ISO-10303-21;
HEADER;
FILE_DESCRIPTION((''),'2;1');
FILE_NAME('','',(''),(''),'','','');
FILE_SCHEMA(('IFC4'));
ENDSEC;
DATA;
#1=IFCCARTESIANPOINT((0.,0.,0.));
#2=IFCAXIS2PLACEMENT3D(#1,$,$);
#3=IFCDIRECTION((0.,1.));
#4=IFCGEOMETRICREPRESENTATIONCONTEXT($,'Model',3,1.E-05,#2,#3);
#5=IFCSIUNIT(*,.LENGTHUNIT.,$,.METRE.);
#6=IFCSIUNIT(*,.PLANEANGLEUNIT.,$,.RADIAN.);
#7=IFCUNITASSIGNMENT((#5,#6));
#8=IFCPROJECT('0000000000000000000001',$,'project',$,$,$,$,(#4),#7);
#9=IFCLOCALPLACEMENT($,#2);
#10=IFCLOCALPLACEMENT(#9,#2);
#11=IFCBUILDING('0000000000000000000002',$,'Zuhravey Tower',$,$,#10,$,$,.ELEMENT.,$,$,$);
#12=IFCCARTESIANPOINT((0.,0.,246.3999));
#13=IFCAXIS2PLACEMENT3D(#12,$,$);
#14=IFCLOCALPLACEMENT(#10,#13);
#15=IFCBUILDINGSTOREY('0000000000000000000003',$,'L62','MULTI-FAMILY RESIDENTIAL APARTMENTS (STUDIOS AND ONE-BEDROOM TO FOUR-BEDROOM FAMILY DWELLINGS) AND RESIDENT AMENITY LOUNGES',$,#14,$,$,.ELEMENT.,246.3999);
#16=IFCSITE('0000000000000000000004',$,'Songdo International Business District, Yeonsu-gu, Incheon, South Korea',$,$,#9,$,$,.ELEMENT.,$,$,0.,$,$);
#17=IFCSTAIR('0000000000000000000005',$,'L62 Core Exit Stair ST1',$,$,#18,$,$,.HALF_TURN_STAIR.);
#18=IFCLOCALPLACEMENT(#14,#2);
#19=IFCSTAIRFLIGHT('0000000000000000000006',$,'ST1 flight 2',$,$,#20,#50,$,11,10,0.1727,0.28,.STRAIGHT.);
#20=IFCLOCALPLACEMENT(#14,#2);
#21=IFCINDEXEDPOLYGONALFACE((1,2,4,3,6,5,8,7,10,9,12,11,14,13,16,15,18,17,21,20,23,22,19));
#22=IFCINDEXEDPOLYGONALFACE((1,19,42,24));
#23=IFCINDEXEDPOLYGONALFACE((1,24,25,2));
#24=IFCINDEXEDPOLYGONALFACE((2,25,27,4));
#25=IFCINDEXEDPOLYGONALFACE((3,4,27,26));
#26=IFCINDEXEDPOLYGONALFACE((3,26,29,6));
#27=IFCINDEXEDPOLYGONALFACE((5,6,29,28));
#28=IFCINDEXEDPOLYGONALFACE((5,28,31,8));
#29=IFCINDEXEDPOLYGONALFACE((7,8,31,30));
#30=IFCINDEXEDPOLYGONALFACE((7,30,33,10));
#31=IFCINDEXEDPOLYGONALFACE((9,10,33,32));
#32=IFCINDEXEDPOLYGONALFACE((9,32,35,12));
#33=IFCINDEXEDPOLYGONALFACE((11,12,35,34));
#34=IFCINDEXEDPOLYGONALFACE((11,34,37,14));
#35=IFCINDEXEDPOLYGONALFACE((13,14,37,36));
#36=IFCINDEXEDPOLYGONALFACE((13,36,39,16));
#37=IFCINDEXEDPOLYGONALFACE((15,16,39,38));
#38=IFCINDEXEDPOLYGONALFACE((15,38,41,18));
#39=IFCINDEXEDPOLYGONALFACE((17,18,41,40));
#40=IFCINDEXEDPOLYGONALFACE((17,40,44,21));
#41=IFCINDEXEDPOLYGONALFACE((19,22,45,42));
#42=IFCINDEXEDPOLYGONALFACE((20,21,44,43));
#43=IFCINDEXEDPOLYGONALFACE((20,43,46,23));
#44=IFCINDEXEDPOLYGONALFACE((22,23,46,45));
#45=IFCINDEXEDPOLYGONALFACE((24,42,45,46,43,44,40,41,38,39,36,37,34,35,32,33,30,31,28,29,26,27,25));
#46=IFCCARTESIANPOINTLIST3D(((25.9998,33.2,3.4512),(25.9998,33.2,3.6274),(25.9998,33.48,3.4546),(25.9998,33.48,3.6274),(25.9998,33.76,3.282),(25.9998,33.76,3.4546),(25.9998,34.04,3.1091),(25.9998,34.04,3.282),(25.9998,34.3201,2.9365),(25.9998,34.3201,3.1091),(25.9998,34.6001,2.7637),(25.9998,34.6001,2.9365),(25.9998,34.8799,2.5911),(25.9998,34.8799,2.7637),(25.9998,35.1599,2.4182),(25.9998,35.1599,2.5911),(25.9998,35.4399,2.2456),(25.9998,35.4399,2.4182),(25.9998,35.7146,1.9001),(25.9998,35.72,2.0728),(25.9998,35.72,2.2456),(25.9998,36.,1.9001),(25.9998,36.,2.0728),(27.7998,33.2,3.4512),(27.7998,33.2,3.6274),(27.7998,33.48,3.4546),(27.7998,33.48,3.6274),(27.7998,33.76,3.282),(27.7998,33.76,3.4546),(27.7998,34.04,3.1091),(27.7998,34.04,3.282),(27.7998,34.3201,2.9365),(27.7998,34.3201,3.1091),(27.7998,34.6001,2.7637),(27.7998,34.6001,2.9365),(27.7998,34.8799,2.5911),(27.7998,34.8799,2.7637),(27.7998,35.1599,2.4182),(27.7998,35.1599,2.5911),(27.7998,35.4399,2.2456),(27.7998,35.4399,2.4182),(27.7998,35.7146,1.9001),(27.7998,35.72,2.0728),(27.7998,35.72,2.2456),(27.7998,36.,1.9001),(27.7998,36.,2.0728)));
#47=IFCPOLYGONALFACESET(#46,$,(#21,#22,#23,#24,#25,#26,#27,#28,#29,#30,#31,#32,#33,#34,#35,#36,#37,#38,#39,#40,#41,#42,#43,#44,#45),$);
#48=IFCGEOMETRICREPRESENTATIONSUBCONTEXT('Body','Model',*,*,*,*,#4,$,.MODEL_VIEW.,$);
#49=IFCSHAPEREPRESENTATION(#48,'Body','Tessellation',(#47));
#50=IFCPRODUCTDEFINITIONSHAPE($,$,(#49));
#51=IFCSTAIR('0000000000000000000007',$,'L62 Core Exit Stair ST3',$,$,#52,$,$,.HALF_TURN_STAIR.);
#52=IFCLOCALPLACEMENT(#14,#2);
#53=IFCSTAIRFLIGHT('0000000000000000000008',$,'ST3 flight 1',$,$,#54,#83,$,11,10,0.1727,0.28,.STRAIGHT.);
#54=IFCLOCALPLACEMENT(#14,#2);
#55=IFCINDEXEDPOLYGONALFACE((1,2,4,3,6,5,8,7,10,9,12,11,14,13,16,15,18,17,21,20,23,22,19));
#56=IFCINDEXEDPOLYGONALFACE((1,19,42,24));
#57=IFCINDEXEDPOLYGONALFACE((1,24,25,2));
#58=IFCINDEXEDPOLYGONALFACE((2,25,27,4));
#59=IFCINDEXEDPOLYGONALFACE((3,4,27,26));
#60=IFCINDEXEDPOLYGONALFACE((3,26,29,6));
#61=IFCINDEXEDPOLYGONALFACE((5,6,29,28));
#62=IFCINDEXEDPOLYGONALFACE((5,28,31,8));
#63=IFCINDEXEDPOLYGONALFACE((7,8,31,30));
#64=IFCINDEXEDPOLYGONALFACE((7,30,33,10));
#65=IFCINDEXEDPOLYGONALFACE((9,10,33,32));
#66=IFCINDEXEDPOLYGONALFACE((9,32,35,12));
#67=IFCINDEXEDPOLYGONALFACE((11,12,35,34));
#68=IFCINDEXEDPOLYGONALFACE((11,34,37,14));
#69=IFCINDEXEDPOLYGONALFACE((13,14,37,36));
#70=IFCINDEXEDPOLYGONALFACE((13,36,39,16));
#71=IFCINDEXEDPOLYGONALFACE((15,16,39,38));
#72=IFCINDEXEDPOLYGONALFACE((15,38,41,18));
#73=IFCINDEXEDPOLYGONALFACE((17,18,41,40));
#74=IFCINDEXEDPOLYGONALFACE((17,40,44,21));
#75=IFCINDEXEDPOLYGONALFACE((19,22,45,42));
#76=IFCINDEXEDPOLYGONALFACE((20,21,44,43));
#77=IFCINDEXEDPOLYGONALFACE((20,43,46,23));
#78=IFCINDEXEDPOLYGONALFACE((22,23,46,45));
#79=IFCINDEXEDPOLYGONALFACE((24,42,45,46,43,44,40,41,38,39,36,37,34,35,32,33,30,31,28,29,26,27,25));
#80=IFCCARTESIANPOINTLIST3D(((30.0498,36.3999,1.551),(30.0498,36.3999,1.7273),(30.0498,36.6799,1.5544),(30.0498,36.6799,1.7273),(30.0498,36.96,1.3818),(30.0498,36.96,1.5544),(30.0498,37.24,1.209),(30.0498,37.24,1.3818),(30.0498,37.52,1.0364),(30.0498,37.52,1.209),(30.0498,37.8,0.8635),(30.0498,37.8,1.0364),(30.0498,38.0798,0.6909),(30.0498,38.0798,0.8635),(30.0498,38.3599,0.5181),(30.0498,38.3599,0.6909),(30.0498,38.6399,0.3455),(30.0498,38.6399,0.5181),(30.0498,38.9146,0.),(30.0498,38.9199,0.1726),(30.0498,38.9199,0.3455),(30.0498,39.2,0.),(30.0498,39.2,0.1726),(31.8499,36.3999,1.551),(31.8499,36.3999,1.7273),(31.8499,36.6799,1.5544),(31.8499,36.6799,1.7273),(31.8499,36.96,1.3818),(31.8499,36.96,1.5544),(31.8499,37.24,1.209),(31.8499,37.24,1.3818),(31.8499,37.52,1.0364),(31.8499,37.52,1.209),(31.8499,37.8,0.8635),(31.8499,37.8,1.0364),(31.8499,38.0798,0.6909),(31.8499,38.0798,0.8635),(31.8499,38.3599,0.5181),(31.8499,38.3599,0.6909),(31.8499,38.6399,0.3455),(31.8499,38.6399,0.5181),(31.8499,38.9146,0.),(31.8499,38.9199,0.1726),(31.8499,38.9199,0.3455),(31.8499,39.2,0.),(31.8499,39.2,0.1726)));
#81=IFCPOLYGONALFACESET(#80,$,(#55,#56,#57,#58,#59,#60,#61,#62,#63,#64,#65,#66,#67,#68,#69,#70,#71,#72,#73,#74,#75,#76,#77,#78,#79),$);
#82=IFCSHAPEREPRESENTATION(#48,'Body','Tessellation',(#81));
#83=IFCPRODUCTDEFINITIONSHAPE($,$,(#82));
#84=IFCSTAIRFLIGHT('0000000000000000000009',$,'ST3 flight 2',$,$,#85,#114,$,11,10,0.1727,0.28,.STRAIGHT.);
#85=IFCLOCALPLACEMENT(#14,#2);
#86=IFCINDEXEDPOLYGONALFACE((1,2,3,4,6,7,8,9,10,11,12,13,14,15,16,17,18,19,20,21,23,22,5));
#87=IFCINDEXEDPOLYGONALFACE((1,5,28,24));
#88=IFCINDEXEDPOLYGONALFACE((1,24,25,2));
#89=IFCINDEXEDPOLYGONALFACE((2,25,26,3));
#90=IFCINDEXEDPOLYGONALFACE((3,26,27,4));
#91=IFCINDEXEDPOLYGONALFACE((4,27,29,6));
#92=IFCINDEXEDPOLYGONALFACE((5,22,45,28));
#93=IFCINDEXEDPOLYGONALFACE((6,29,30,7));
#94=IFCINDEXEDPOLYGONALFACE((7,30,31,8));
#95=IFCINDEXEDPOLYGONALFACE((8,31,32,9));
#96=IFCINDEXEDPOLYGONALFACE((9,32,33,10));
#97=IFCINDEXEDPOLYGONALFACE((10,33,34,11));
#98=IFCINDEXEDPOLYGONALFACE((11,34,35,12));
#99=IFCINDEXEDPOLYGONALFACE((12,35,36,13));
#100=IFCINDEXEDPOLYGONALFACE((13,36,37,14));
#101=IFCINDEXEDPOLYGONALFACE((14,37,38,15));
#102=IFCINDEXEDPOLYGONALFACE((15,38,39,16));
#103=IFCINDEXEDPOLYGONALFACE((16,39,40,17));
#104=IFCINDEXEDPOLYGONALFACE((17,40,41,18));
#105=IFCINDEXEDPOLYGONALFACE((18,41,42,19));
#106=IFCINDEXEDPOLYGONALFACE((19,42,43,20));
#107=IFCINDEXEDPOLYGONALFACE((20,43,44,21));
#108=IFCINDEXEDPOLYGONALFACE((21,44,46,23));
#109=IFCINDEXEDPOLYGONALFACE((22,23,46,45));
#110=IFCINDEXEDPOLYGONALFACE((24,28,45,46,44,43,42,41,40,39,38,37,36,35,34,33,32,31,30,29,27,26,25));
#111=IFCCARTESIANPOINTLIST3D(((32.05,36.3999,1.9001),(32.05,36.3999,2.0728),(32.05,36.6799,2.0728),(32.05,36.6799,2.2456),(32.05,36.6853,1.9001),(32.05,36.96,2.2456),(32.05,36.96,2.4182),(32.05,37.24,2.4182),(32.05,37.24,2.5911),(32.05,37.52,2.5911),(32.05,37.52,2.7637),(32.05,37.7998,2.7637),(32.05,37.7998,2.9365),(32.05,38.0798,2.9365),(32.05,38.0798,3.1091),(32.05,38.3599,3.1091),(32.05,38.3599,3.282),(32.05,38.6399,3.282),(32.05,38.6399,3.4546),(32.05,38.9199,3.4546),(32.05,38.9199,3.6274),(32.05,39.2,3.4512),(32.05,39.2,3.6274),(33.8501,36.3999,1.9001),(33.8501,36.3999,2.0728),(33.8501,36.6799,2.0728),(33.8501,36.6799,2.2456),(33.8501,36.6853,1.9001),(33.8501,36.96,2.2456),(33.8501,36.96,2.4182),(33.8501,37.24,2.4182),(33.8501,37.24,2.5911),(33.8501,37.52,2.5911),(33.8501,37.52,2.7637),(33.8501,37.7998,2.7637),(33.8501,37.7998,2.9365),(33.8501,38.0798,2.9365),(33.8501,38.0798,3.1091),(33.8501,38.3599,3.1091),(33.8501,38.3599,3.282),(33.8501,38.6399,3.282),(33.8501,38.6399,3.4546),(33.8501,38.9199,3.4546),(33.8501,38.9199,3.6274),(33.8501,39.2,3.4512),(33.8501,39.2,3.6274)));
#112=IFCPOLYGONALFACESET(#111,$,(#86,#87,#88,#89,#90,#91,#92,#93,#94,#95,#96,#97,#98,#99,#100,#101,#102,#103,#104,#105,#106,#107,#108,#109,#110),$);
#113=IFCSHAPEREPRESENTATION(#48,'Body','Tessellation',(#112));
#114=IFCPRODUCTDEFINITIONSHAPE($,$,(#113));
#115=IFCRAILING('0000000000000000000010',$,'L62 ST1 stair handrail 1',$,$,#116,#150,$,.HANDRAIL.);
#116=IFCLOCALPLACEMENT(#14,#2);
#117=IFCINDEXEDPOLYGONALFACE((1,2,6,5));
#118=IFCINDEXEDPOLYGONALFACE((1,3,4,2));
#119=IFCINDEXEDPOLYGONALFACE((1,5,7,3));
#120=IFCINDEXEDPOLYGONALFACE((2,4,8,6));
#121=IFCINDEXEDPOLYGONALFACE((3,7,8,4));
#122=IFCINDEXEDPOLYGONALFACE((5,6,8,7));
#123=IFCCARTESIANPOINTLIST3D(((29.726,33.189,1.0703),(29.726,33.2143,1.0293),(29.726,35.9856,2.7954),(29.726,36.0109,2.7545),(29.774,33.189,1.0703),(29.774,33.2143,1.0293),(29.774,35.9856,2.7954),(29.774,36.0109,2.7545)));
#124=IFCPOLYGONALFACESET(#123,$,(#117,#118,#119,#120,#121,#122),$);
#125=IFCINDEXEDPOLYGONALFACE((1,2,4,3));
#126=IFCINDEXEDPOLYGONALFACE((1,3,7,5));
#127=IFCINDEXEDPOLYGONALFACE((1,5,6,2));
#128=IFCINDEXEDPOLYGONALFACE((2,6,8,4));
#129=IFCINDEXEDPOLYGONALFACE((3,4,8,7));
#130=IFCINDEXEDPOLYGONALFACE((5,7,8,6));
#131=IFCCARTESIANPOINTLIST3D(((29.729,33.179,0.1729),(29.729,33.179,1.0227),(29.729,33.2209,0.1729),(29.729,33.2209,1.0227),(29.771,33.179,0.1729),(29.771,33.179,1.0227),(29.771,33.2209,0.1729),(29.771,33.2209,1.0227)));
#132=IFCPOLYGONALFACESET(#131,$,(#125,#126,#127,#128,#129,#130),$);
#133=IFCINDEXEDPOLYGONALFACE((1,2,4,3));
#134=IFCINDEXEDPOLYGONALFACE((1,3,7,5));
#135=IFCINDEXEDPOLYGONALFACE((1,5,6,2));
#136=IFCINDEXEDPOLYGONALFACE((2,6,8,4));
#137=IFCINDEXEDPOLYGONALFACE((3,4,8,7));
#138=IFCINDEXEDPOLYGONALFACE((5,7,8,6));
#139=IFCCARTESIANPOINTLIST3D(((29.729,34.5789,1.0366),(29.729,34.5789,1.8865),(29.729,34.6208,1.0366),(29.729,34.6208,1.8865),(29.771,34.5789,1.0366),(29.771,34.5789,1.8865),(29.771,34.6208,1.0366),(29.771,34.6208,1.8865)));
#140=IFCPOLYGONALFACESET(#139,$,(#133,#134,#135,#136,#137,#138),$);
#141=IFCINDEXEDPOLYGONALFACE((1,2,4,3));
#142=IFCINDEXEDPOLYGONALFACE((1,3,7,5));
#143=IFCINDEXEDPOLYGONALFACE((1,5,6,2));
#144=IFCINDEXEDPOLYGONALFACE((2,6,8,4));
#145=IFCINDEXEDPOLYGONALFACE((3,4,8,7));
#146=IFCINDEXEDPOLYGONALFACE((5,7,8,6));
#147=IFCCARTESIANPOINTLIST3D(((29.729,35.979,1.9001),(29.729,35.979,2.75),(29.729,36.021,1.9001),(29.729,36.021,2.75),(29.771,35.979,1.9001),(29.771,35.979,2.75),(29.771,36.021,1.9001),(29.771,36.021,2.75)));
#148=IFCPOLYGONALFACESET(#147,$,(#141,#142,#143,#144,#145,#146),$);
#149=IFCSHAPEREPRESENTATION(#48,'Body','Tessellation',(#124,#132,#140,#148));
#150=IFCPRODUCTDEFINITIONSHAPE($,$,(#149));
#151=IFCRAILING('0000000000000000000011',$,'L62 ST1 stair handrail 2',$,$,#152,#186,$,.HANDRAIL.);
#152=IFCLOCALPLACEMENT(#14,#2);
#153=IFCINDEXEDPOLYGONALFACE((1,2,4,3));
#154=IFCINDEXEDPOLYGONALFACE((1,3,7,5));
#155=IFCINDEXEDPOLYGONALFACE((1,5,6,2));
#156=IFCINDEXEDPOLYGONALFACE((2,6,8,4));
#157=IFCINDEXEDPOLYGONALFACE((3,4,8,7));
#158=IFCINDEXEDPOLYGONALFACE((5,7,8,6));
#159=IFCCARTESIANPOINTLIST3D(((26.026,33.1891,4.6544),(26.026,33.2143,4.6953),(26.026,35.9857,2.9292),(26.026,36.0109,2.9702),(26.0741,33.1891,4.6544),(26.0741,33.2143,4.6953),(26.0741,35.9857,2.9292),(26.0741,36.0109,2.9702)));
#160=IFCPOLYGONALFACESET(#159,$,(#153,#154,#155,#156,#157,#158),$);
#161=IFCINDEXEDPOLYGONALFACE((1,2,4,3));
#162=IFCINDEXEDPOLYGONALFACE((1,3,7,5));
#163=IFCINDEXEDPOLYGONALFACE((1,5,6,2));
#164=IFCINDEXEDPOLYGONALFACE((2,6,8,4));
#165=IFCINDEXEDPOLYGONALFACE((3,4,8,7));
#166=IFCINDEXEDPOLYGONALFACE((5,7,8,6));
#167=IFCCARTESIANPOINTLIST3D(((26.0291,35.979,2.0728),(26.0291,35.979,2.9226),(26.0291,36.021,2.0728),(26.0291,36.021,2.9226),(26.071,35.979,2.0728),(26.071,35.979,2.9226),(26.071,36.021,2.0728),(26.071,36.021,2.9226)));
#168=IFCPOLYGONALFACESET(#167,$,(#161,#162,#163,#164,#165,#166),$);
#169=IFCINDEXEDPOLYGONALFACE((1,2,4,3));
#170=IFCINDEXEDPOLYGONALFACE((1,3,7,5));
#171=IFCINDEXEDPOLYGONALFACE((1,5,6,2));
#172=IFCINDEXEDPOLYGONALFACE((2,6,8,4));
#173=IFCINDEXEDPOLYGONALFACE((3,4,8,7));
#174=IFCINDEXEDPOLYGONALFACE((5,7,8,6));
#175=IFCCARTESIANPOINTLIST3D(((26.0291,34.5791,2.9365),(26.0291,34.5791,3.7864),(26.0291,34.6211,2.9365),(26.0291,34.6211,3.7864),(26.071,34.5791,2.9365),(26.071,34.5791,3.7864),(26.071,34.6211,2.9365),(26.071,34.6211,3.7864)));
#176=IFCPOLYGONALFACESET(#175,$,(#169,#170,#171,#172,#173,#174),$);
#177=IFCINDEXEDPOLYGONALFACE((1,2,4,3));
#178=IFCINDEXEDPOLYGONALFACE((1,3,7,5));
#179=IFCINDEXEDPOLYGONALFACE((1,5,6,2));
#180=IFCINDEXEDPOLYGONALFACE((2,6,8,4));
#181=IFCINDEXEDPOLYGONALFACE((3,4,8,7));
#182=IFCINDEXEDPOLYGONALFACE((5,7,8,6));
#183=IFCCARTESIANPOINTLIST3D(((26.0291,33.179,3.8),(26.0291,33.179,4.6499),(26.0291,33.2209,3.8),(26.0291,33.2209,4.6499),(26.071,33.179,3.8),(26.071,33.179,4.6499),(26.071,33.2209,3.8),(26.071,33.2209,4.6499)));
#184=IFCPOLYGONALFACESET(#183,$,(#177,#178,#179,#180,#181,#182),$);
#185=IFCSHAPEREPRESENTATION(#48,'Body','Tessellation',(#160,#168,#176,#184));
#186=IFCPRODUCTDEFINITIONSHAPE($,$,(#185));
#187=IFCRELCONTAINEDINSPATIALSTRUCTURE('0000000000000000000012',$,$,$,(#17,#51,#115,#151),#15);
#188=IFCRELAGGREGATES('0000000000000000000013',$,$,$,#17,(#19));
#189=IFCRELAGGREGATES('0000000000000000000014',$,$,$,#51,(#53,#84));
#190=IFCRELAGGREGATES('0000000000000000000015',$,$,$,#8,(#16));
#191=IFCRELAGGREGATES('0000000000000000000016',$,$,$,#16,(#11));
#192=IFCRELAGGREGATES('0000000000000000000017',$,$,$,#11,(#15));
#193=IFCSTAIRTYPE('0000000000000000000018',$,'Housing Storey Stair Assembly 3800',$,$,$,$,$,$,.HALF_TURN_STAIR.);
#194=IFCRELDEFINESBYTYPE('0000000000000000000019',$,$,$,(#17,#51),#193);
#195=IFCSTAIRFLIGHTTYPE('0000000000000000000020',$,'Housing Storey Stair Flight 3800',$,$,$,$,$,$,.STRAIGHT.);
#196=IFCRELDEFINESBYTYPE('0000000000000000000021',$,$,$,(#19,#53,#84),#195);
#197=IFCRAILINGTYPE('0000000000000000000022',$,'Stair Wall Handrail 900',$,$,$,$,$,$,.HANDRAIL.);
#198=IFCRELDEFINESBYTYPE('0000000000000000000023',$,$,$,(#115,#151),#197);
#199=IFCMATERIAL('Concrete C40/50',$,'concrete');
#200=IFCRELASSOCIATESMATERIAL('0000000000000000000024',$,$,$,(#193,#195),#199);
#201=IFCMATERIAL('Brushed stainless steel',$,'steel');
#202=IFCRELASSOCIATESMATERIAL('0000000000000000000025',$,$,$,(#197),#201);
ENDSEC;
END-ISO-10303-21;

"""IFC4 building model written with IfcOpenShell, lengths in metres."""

from ifc_helpers import new_model, si_unit, direction, frame, origin, origin_2d, place, context, subcontext, project, spatial, polyline, rectangle, outline, extrude, material, type_object, element, aggregate, save


model = new_model("IFC4")

# Units and contexts
model_context = context("Model", 3, precision=1e-05, world=origin(), true_north=direction((0.0, 1.0)))
body_context = subcontext(model_context, "Body", "Model", "MODEL_VIEW")
ifc_project = project(units=[si_unit("LENGTHUNIT", "METRE"), si_unit("PLANEANGLEUNIT", "RADIAN")], contexts=[model_context])

# Site, building, storey
site_placement = place(None, origin())
site = spatial("IfcSite", under=ifc_project, at=site_placement, Name="Songdo International Business District, Yeonsu-gu, Incheon, South Korea", CompositionType="ELEMENT", RefElevation=0.0)
building_placement = place(site_placement, origin())
building = spatial("IfcBuilding", under=site, at=building_placement, Name="Zuhravey Tower", CompositionType="ELEMENT")
storey_placement = place(building_placement, frame((0.0, 0.0, 246.3999)))
storey = spatial("IfcBuildingStorey", under=building, at=storey_placement, Name="L62", Description="MULTI-FAMILY RESIDENTIAL APARTMENTS (STUDIOS AND ONE-BEDROOM TO FOUR-BEDROOM FAMILY DWELLINGS) AND RESIDENT AMENITY LOUNGES", CompositionType="ELEMENT", Elevation=246.3999)

# Stairs, stair flights
ifc_material_1 = material(Name="Concrete C40/50", Category="concrete")
stair_type = type_object("IfcStairType", Name="Housing Storey Stair Assembly 3800", PredefinedType="HALF_TURN_STAIR", material=ifc_material_1)
stair_1_placement = place(storey_placement, origin())
stair_1 = element("IfcStair", 1, at=stair_1_placement, inside=storey, type_object=stair_type, Name="L62 Core Exit Stair ST1", PredefinedType="HALF_TURN_STAIR")
stair_flight_type = type_object("IfcStairFlightType", Name="Housing Storey Stair Flight 3800", PredefinedType="STRAIGHT", material=ifc_material_1)
stair_flight_1_placement = place(storey_placement, frame((26.8999, 36.0, 1.9001), z_axis=(0.0, 0.0, 1.0), x_axis=(0.0, -1.0, 0.0)))
stair_flight_1 = element("IfcStairFlight", 2, at=stair_flight_1_placement, type_object=stair_flight_type, Name="ST1 flight 2", NumberOfRisers=11, NumberOfTreads=10, PredefinedType="STRAIGHT", RiserHeight=0.1727, TreadLength=0.28, context=body_context, shape_type="SweptSolid", body=[
    extrude(outline(polyline([(0.0, 0.0), (0.0, 0.1726), (0.28, 0.1726), (0.28, 0.3455), (0.5601, 0.3455), (0.5601, 0.5181), (0.8401, 0.5181), (0.8401, 0.6909), (1.1201, 0.6909), (1.1201, 0.8635), (1.3999, 0.8635), (1.3999, 1.0364), (1.6799, 1.0364), (1.6799, 1.209), (1.96, 1.209), (1.96, 1.3818), (2.24, 1.3818), (2.24, 1.5544), (2.52, 1.5544), (2.52, 1.7273), (2.8, 1.7273), (2.8, 1.8999), (2.8, 1.551), (0.2854, 0.0), (0.0, 0.0)])), frame((0.0, 0.8999, 0.0), z_axis=(0.0, -1.0, 0.0), x_axis=(1.0, 0.0, 0.0)), (0.0, 0.0, 1.0), 1.8),
])
aggregate(stair_1, [stair_flight_1])
stair_2_placement = place(storey_placement, origin())
stair_2 = element("IfcStair", 3, at=stair_2_placement, inside=storey, type_object=stair_type, Name="L62 Core Exit Stair ST3", PredefinedType="HALF_TURN_STAIR")
stair_flight_2_placement = place(storey_placement, frame((30.95, 39.2, 0.0), z_axis=(0.0, 0.0, 1.0), x_axis=(0.0, -1.0, 0.0)))
stair_flight_2 = element("IfcStairFlight", 4, at=stair_flight_2_placement, type_object=stair_flight_type, Name="ST3 flight 1", NumberOfRisers=11, NumberOfTreads=10, PredefinedType="STRAIGHT", RiserHeight=0.1727, TreadLength=0.28, context=body_context, shape_type="SweptSolid", body=[
    extrude(outline(polyline([(0.0, 0.0), (0.0, 0.1726), (0.28, 0.1726), (0.28, 0.3455), (0.5601, 0.3455), (0.5601, 0.5181), (0.8401, 0.5181), (0.8401, 0.6909), (1.1201, 0.6909), (1.1201, 0.8635), (1.3999, 0.8635), (1.3999, 1.0364), (1.6799, 1.0364), (1.6799, 1.209), (1.96, 1.209), (1.96, 1.3818), (2.24, 1.3818), (2.24, 1.5544), (2.52, 1.5544), (2.52, 1.7273), (2.8, 1.7273), (2.8, 1.8999), (2.8, 1.551), (0.2854, 0.0), (0.0, 0.0)])), frame((0.0, 0.8999, 0.0), z_axis=(0.0, -1.0, 0.0), x_axis=(1.0, 0.0, 0.0)), (0.0, 0.0, 1.0), 1.8),
])
stair_flight_3_placement = place(storey_placement, frame((32.95, 36.3999, 1.9001), z_axis=(0.0, 0.0, 1.0), x_axis=(0.0, 1.0, 0.0)))
stair_flight_3 = element("IfcStairFlight", 5, at=stair_flight_3_placement, type_object=stair_flight_type, Name="ST3 flight 2", NumberOfRisers=11, NumberOfTreads=10, PredefinedType="STRAIGHT", RiserHeight=0.1727, TreadLength=0.28, context=body_context, shape_type="SweptSolid", body=[
    extrude(outline(polyline([(0.0, 0.0), (0.0, 0.1726), (0.28, 0.1726), (0.28, 0.3455), (0.5601, 0.3455), (0.5601, 0.5181), (0.8401, 0.5181), (0.8401, 0.6909), (1.1201, 0.6909), (1.1201, 0.8635), (1.3999, 0.8635), (1.3999, 1.0364), (1.6799, 1.0364), (1.6799, 1.209), (1.96, 1.209), (1.96, 1.3818), (2.24, 1.3818), (2.24, 1.5544), (2.52, 1.5544), (2.52, 1.7273), (2.8, 1.7273), (2.8, 1.8999), (2.8, 1.551), (0.2854, 0.0), (0.0, 0.0)])), frame((0.0, 0.8999, 0.0), z_axis=(0.0, -1.0, 0.0), x_axis=(1.0, 0.0, 0.0)), (0.0, 0.0, 1.0), 1.8),
])
aggregate(stair_2, [stair_flight_2, stair_flight_3])

# Railings
ifc_material_2 = material(Name="Brushed stainless steel", Category="steel")
railing_type_1 = type_object("IfcRailingType", Name="Stair Wall Handrail 900", PredefinedType="HANDRAIL", material=ifc_material_2)
railing_1_placement = place(storey_placement, frame((29.75, 33.2, 0.1729)))
element("IfcRailing", 6, at=railing_1_placement, inside=storey, type_object=railing_type_1, Name="L62 ST1 stair handrail 1", PredefinedType="HANDRAIL", context=body_context, shape_type="SweptSolid", body=[
    extrude(rectangle(XDim=0.0481, YDim=0.0481, at=origin_2d()), frame((0.0, 0.0017, 0.877), z_axis=(0.0, 0.85109, 0.52502), x_axis=(-1.0, 0.0, 0.0)), (0.0, 0.0, 1.0), 3.2859),
    extrude(rectangle(XDim=0.042, YDim=0.042, at=origin_2d()), origin(), (0.0, 0.0, 1.0), 0.8499),
    extrude(rectangle(XDim=0.042, YDim=0.042, at=origin_2d()), frame((0.0, 1.3999, 0.8638)), (0.0, 0.0, 1.0), 0.8499),
    extrude(rectangle(XDim=0.042, YDim=0.042, at=origin_2d()), frame((0.0, 2.8, 1.7273)), (0.0, 0.0, 1.0), 0.8499),
])
for number, where, name in (
    (7, (26.05, 36.0, 2.0728), "L62 ST1 stair handrail 2"),
):
    element("IfcRailing", number, at=place(storey_placement, frame(where)), inside=storey, type_object=railing_type_1, Name=name, PredefinedType="HANDRAIL", context=body_context, shape_type="SweptSolid", body=[
        extrude(rectangle(XDim=0.0481, YDim=0.0481, at=origin_2d()), frame((0.0, -0.0017, 0.877), z_axis=(0.0, -0.85109, 0.52502), x_axis=(1.0, 0.0, 0.0)), (0.0, 0.0, 1.0), 3.2859),
        extrude(rectangle(XDim=0.042, YDim=0.042, at=origin_2d()), origin(), (0.0, 0.0, 1.0), 0.8499),
        extrude(rectangle(XDim=0.042, YDim=0.042, at=origin_2d()), frame((0.0, -1.3999, 0.8638)), (0.0, 0.0, 1.0), 0.8499),
        extrude(rectangle(XDim=0.042, YDim=0.042, at=origin_2d()), frame((0.0, -2.8, 1.7273)), (0.0, 0.0, 1.0), 0.8499),
    ])

save(model, "model.ifc")
